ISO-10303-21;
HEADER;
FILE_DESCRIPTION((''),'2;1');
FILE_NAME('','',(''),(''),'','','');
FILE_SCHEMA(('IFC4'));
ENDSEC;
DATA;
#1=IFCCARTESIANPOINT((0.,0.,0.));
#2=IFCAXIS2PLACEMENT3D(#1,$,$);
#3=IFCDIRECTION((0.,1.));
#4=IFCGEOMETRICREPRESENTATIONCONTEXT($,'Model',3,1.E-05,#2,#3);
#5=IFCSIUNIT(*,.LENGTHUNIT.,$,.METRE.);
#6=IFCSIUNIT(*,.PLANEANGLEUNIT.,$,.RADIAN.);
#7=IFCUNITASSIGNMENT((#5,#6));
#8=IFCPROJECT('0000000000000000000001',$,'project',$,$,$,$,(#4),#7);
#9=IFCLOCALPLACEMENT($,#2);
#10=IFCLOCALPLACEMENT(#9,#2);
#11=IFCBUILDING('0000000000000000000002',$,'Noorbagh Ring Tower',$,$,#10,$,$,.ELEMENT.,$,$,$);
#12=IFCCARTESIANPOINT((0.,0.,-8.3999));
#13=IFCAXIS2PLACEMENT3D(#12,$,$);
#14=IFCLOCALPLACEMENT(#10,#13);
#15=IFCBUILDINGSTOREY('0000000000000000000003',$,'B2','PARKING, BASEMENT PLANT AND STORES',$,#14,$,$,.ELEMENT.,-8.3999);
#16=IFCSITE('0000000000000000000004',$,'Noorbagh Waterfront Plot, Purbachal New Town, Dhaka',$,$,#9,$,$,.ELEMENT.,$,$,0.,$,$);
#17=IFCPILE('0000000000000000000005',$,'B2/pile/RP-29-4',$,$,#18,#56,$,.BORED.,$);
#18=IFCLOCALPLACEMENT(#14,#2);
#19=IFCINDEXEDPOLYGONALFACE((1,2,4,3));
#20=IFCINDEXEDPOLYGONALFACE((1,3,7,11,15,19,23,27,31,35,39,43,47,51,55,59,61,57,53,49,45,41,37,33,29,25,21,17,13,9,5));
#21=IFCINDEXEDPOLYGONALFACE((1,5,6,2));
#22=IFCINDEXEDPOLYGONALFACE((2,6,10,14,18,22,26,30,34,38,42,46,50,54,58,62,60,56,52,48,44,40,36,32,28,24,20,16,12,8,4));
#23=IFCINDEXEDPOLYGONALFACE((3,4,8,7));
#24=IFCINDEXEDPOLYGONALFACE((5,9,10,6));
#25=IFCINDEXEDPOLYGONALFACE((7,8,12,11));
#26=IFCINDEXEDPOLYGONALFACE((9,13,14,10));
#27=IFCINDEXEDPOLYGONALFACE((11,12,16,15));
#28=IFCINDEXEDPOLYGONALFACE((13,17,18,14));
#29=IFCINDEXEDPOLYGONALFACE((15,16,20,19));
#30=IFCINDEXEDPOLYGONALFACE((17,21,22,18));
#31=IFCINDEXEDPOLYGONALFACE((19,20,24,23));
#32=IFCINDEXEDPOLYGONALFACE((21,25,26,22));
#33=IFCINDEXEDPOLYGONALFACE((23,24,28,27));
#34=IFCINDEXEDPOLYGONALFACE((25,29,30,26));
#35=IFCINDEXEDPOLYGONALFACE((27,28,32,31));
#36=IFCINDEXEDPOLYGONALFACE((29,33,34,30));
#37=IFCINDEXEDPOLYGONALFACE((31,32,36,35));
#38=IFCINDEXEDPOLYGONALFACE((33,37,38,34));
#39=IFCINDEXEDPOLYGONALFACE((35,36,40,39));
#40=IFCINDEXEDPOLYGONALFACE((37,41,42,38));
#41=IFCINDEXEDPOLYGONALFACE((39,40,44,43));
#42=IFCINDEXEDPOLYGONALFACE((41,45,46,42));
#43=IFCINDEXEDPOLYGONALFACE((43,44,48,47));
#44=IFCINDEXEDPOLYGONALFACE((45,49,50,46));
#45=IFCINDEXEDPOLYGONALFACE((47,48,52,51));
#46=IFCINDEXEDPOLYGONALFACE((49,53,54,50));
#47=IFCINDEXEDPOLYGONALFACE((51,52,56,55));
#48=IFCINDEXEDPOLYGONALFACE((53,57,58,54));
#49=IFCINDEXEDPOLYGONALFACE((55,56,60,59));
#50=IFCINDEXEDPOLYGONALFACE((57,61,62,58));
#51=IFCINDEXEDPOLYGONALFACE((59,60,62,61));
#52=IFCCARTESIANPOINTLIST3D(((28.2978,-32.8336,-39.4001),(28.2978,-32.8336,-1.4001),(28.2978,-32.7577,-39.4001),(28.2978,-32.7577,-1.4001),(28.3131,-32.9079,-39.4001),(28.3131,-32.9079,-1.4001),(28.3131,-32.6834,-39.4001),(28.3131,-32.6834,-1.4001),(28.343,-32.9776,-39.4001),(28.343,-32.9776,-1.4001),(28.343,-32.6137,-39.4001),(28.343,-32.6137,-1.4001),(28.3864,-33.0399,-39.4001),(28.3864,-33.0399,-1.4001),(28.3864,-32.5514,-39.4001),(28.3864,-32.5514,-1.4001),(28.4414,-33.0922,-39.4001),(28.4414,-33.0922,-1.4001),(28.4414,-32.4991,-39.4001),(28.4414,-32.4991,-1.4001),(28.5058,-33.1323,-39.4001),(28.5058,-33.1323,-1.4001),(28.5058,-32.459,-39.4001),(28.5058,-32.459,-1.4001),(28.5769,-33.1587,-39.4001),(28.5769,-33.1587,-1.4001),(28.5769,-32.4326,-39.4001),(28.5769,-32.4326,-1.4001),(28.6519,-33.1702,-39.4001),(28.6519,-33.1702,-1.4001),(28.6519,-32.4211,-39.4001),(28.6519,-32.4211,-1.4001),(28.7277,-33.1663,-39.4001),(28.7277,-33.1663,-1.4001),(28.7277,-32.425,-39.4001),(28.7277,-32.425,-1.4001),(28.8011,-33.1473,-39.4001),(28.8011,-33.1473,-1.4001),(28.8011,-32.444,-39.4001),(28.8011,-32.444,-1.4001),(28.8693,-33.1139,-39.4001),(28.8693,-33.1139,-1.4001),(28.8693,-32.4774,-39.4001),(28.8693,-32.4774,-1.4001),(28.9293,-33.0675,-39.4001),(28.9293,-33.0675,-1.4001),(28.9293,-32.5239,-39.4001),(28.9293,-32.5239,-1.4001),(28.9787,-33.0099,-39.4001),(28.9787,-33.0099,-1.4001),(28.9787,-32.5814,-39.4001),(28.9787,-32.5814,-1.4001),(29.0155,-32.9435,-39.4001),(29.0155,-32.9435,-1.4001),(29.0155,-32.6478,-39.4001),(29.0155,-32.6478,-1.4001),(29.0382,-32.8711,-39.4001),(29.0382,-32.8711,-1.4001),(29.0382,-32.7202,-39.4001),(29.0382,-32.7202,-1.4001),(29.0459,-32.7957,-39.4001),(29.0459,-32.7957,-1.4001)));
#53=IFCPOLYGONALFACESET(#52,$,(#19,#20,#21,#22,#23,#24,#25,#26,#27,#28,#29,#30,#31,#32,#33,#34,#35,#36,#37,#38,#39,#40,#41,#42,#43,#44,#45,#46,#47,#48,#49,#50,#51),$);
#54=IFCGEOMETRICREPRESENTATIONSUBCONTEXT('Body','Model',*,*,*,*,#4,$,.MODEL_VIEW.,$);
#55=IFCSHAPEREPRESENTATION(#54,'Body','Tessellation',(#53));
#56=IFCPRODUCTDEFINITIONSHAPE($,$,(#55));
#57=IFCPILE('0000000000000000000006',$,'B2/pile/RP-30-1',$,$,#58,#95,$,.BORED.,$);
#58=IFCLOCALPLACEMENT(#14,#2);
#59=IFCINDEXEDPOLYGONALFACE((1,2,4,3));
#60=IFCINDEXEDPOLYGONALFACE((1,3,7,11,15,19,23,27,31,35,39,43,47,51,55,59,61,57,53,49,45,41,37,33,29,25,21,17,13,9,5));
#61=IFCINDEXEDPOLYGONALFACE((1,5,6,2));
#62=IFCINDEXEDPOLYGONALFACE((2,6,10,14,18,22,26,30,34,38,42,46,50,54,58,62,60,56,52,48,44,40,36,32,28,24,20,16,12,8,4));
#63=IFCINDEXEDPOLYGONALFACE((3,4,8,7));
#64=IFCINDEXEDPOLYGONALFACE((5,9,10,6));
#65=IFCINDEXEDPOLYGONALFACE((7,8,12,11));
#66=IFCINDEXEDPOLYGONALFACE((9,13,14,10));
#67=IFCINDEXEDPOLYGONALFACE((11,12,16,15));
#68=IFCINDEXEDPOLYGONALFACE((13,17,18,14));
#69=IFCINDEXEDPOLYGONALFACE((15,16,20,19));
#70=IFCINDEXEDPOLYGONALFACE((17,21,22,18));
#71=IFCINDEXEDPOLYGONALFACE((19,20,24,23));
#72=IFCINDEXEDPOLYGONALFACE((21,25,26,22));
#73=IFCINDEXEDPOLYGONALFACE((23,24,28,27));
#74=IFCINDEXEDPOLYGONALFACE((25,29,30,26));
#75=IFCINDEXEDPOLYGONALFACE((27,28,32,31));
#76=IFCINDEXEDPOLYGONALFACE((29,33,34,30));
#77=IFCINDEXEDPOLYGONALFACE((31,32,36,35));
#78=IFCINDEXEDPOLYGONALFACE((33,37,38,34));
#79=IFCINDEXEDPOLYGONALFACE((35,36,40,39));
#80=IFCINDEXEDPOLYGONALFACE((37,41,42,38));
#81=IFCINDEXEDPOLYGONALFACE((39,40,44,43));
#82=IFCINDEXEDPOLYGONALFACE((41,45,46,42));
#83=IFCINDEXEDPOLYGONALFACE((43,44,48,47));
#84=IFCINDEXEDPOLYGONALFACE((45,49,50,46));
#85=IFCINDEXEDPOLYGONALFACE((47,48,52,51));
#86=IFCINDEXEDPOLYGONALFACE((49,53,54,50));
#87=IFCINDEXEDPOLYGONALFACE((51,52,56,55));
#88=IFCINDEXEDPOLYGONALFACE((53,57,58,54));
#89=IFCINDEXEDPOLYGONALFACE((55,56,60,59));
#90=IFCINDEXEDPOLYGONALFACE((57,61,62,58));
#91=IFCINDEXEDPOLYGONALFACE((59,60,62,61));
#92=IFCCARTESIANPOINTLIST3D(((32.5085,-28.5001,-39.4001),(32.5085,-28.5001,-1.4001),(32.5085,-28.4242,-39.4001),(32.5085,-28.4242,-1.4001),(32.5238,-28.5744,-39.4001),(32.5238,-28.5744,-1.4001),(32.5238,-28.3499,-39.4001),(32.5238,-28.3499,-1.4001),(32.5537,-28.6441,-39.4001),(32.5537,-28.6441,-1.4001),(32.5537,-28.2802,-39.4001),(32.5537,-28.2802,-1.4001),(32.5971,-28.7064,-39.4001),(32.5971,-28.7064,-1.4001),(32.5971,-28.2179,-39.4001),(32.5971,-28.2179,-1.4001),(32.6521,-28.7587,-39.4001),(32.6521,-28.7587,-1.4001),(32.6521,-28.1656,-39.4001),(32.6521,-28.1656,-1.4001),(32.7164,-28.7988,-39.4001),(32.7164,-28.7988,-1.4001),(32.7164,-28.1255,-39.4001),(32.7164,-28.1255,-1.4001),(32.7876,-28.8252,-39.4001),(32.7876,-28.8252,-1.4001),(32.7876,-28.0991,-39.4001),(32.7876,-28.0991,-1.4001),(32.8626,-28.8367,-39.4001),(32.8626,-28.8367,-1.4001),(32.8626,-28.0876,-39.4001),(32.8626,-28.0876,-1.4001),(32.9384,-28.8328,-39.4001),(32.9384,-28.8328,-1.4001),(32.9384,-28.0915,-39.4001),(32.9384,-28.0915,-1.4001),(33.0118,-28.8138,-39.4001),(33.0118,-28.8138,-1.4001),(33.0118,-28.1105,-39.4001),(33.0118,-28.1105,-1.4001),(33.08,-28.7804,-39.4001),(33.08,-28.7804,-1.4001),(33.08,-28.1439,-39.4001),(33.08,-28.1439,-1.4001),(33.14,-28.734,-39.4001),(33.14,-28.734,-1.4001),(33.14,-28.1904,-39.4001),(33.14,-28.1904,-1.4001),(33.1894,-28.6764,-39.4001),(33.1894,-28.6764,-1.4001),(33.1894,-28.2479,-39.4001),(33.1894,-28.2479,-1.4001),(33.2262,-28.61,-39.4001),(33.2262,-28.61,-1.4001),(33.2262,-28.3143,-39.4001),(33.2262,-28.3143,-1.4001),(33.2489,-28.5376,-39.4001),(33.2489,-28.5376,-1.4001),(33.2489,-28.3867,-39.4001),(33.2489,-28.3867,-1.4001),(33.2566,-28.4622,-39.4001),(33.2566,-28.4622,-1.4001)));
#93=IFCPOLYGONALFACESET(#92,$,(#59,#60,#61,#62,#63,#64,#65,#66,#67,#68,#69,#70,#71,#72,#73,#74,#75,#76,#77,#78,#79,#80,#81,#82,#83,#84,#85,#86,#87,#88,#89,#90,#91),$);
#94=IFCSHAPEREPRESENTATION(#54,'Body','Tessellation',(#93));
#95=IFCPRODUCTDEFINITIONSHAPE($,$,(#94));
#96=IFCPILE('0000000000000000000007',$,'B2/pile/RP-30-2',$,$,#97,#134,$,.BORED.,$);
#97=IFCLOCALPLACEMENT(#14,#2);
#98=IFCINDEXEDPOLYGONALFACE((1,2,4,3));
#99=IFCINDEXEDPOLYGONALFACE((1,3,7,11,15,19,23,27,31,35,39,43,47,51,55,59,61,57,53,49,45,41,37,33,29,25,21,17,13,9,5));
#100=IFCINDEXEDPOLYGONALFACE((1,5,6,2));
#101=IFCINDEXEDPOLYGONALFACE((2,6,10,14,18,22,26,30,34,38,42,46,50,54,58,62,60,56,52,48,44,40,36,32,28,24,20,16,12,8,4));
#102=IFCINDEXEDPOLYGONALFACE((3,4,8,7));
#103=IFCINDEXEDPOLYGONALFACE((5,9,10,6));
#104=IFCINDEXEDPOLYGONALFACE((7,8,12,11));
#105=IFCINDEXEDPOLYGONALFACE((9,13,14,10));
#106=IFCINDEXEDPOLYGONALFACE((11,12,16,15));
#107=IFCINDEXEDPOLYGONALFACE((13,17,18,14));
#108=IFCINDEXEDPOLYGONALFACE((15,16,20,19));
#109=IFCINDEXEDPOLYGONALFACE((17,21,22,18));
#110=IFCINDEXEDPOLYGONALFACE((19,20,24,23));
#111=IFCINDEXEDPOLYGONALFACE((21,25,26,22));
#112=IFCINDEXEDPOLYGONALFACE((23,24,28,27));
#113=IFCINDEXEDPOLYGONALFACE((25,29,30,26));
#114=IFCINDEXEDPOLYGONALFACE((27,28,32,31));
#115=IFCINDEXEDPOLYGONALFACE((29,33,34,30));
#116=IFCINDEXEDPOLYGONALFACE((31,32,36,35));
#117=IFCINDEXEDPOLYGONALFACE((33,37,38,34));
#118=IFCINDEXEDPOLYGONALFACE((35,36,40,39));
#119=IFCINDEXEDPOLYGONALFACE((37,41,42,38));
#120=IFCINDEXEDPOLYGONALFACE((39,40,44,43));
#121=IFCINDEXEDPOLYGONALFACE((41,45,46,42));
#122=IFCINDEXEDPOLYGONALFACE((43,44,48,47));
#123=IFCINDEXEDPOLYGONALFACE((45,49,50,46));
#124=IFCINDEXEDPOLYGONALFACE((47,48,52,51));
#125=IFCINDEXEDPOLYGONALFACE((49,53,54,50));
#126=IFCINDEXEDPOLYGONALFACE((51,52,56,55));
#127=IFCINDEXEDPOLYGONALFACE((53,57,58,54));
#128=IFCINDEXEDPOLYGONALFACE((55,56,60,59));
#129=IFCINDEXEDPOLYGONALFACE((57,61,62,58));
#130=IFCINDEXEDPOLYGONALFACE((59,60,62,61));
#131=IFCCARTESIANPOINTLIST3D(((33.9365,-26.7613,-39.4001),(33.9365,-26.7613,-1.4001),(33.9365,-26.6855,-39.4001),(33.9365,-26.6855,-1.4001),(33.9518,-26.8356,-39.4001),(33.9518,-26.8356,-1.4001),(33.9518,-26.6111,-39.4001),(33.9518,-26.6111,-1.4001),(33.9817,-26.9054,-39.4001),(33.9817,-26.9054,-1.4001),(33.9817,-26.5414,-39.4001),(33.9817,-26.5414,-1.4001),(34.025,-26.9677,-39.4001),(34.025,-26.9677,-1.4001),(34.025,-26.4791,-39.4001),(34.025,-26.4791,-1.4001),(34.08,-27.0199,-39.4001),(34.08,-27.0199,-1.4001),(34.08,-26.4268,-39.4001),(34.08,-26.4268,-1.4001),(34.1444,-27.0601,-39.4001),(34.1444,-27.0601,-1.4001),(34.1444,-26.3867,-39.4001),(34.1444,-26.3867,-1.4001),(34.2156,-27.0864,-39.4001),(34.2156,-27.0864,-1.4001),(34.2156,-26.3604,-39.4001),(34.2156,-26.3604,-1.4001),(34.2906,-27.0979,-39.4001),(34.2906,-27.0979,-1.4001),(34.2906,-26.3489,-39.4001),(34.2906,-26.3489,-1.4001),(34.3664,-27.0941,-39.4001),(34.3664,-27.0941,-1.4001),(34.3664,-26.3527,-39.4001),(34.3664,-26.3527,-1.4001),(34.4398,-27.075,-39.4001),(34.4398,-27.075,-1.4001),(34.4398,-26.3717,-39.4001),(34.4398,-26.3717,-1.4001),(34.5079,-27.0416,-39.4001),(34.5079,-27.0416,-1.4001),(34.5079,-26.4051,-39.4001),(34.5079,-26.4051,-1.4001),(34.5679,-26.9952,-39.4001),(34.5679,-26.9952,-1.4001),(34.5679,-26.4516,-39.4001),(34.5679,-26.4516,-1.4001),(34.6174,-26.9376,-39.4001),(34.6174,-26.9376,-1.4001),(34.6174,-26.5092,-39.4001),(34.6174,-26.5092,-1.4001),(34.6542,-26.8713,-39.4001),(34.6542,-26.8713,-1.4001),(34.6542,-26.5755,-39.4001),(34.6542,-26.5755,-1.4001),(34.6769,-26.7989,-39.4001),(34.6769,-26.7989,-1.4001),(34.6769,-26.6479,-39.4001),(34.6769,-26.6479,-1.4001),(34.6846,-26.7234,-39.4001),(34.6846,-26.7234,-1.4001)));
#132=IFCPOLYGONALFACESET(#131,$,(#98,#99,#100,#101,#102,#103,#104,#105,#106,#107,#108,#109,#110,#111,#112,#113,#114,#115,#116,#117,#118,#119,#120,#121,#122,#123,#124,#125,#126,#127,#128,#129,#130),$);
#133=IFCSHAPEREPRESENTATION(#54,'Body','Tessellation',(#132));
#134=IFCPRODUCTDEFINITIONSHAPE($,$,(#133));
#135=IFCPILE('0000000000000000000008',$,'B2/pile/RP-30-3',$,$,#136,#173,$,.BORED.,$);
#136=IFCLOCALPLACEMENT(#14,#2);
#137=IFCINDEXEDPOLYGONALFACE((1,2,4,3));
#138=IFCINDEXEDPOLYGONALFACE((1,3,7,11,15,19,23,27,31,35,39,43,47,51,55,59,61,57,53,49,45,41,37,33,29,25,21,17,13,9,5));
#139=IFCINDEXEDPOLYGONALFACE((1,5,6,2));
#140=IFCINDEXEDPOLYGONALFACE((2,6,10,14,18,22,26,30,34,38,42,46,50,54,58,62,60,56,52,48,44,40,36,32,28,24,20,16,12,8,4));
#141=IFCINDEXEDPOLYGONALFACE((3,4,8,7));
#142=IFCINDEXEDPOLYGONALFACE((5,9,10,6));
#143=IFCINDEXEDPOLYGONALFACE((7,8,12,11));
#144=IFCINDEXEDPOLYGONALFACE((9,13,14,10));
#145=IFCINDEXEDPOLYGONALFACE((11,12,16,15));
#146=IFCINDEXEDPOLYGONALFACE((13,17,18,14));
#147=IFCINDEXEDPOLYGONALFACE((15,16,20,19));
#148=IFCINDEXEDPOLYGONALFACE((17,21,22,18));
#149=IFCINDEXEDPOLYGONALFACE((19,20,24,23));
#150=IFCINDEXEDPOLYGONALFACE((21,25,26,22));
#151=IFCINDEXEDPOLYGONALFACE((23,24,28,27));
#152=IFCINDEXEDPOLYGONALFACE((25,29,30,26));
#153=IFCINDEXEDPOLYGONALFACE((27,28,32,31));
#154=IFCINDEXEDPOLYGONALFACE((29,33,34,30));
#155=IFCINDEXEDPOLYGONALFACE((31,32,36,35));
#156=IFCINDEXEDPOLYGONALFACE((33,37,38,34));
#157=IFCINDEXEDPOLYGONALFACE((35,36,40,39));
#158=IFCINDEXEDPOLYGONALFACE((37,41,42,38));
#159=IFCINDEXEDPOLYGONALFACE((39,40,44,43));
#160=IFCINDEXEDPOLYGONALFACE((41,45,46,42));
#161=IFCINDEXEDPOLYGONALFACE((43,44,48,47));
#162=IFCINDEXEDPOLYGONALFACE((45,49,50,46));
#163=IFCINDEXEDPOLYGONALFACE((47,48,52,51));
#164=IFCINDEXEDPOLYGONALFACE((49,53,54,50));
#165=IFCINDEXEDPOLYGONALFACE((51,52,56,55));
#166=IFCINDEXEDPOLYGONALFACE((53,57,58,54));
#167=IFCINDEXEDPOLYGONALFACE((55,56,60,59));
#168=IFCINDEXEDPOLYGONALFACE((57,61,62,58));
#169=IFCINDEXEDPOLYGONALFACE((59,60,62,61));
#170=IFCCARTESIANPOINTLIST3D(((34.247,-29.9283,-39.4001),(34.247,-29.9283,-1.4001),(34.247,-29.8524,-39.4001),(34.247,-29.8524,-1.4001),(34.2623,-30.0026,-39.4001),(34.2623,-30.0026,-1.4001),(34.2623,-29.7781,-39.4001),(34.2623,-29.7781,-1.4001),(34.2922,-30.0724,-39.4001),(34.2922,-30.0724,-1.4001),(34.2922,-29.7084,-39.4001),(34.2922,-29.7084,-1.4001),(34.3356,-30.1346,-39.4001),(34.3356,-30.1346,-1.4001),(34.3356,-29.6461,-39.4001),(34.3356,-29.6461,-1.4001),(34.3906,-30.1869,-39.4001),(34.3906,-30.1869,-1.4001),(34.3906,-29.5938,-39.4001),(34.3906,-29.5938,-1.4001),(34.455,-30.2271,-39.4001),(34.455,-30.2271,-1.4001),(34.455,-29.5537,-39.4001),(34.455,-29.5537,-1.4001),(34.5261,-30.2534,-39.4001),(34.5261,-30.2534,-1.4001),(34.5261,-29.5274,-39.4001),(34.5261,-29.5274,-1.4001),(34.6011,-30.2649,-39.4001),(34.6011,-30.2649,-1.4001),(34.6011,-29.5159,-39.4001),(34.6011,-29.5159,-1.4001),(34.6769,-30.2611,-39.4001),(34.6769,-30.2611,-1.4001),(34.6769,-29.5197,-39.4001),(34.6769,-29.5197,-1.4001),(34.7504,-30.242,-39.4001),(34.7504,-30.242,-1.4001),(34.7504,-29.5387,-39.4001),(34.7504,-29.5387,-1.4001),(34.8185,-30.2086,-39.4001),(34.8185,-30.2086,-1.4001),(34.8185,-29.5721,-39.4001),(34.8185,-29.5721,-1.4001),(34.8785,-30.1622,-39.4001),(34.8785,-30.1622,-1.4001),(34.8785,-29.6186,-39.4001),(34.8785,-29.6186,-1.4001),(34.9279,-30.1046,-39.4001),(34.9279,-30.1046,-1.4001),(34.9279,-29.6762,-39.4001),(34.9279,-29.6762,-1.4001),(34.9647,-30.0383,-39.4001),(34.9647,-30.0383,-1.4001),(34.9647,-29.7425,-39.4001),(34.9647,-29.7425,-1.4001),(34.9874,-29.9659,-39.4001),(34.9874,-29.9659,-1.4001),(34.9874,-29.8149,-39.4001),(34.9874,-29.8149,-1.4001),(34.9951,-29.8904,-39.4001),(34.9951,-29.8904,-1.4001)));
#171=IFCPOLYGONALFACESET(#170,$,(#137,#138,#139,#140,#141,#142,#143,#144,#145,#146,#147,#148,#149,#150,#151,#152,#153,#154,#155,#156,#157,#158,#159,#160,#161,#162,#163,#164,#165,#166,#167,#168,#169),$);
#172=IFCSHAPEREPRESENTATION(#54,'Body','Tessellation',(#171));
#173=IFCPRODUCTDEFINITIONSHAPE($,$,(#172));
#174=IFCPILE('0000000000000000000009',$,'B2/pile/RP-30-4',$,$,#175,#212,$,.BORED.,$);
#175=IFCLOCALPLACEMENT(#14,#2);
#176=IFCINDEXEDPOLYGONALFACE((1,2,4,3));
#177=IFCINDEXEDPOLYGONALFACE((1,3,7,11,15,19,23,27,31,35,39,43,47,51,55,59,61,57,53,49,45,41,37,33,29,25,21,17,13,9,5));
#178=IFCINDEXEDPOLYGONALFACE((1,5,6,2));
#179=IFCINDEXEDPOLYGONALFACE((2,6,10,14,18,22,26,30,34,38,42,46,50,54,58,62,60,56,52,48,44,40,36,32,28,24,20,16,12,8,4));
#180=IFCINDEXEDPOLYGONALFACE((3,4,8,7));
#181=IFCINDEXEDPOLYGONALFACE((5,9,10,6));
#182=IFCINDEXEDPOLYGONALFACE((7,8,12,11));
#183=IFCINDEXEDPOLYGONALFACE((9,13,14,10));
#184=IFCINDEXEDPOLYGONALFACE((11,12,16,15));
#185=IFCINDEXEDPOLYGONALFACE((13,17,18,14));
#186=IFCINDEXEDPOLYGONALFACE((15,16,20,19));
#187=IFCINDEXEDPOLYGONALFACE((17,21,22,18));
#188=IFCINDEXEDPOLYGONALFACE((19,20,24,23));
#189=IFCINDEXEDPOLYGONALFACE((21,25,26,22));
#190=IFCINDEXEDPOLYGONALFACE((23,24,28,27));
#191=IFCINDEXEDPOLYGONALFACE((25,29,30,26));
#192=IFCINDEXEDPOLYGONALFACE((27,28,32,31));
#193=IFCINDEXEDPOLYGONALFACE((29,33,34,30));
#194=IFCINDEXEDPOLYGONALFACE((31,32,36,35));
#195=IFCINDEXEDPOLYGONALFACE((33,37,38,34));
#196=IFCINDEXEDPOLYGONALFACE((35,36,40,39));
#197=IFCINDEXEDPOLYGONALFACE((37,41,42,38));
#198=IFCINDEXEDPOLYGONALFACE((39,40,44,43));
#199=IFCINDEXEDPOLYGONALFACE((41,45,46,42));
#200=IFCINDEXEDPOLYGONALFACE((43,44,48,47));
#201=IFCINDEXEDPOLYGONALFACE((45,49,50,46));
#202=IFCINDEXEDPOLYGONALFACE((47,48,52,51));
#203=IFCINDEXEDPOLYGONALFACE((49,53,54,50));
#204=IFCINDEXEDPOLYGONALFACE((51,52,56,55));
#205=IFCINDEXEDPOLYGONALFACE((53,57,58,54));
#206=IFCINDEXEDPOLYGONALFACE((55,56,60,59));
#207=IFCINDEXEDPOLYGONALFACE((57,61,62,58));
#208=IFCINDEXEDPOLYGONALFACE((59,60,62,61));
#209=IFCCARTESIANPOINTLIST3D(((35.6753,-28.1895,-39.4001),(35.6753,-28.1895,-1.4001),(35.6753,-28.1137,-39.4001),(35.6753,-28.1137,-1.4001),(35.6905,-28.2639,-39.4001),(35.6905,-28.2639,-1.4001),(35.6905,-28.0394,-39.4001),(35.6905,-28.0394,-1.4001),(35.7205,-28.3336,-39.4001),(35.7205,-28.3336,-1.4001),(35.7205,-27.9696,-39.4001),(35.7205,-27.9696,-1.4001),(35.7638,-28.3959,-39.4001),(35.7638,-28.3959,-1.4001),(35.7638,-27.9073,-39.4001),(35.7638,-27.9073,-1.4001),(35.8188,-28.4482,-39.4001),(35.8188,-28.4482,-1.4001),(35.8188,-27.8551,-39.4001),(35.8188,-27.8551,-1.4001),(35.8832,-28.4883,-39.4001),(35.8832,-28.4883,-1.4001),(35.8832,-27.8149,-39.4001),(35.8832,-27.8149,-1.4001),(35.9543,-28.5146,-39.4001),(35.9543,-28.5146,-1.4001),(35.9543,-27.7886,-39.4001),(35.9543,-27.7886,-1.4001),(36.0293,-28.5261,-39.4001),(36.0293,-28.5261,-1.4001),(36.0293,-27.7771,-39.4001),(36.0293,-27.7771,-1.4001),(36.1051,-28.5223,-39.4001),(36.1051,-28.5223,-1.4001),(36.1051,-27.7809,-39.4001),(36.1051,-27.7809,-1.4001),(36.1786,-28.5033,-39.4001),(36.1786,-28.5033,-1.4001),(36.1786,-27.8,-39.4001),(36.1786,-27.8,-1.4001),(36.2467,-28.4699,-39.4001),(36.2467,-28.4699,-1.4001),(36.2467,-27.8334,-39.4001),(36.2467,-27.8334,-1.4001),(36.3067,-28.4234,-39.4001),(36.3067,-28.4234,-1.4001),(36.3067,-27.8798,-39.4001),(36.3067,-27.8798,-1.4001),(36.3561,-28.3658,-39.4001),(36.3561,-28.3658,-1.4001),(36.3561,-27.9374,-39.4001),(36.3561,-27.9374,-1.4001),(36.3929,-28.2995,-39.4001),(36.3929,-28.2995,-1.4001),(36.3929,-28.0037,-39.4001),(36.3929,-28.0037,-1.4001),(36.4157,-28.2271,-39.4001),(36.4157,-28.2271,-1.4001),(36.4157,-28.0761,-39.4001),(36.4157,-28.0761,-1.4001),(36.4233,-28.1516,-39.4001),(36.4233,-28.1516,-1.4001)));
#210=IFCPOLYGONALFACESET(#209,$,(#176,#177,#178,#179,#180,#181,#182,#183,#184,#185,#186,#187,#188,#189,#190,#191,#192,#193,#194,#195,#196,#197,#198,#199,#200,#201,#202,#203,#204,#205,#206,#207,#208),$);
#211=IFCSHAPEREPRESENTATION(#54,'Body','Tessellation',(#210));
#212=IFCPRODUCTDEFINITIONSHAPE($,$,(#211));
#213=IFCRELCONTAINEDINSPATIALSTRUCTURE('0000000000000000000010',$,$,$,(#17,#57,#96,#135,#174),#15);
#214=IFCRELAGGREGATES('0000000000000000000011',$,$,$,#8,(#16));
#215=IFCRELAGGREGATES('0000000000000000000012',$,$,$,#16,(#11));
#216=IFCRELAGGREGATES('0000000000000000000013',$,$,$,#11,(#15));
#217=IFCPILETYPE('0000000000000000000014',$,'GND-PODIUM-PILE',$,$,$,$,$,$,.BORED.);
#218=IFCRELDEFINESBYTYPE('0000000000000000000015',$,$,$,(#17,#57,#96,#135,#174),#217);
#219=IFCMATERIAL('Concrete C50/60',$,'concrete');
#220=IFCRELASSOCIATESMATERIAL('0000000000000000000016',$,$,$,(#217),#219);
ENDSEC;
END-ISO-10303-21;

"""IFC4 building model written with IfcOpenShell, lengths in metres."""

from ifc_helpers import new_model, si_unit, direction, frame, origin, origin_2d, place, context, subcontext, project, spatial, circle, extrude, material, material_profile, profile_set, type_object, element, save


model = new_model("IFC4")

# Units and contexts
model_context = context("Model", 3, precision=1e-05, world=origin(), true_north=direction((0.0, 1.0)))
body_context = subcontext(model_context, "Body", "Model", "MODEL_VIEW")
ifc_project = project(units=[si_unit("LENGTHUNIT", "METRE"), si_unit("PLANEANGLEUNIT", "RADIAN")], contexts=[model_context])

# Site, building, storey
site_placement = place(None, origin())
site = spatial("IfcSite", under=ifc_project, at=site_placement, Name="Noorbagh Waterfront Plot, Purbachal New Town, Dhaka", CompositionType="ELEMENT", RefElevation=0.0)
building_placement = place(site_placement, origin())
building = spatial("IfcBuilding", under=site, at=building_placement, Name="Noorbagh Ring Tower", CompositionType="ELEMENT")
storey_placement = place(building_placement, frame((0.0, 0.0, -8.3999)))
storey = spatial("IfcBuildingStorey", under=building, at=storey_placement, Name="B2", Description="PARKING, BASEMENT PLANT AND STORES", CompositionType="ELEMENT", Elevation=-8.3999)

# Piles
ifc_material_1 = material(Name="Concrete C50/60", Category="concrete")
ifc_material_profile_1 = material_profile(ifc_material_1, circle(Radius=0.375, at=origin_2d()), Name="PILE750")
ifc_profile_set_1 = profile_set([ifc_material_profile_1], Name="Concrete C50/60")
pile_type = type_object("IfcPileType", Name="GND-PODIUM-PILE", PredefinedType="BORED", material=ifc_profile_set_1)
for number, where, z_axis, x_axis, name in (
    (1, (28.6709, -32.7957, -1.4001), (0.0, 0.0, -1.0), (1.0, 0.0, 0.0), "B2/pile/RP-29-4"),
    (2, (32.8816, -28.4622, -1.4001), (0.0, 0.0, -1.0), (1.0, 0.0, 0.0), "B2/pile/RP-30-1"),
    (3, (34.3096, -26.7234, -1.4001), (0.0, 0.0, -1.0), (1.0, 0.0, 0.0), "B2/pile/RP-30-2"),
    (4, (34.6201, -29.8904, -1.4001), (0.0, 0.0, -1.0), (1.0, 0.0, 0.0), "B2/pile/RP-30-3"),
    (5, (36.0483, -28.1516, -1.4001), (0.0, 0.0, -1.0), (1.0, 0.0, 0.0), "B2/pile/RP-30-4"),
):
    element("IfcPile", number, at=place(storey_placement, frame(where, z_axis=z_axis, x_axis=x_axis)), inside=storey, type_object=pile_type, Name=name, PredefinedType="BORED", context=body_context, shape_type="SweptSolid", body=[
        extrude(circle(Radius=0.375, at=origin_2d()), origin(), (0.0, 0.0, 1.0), 38.0),
    ])

save(model, "model.ifc")
